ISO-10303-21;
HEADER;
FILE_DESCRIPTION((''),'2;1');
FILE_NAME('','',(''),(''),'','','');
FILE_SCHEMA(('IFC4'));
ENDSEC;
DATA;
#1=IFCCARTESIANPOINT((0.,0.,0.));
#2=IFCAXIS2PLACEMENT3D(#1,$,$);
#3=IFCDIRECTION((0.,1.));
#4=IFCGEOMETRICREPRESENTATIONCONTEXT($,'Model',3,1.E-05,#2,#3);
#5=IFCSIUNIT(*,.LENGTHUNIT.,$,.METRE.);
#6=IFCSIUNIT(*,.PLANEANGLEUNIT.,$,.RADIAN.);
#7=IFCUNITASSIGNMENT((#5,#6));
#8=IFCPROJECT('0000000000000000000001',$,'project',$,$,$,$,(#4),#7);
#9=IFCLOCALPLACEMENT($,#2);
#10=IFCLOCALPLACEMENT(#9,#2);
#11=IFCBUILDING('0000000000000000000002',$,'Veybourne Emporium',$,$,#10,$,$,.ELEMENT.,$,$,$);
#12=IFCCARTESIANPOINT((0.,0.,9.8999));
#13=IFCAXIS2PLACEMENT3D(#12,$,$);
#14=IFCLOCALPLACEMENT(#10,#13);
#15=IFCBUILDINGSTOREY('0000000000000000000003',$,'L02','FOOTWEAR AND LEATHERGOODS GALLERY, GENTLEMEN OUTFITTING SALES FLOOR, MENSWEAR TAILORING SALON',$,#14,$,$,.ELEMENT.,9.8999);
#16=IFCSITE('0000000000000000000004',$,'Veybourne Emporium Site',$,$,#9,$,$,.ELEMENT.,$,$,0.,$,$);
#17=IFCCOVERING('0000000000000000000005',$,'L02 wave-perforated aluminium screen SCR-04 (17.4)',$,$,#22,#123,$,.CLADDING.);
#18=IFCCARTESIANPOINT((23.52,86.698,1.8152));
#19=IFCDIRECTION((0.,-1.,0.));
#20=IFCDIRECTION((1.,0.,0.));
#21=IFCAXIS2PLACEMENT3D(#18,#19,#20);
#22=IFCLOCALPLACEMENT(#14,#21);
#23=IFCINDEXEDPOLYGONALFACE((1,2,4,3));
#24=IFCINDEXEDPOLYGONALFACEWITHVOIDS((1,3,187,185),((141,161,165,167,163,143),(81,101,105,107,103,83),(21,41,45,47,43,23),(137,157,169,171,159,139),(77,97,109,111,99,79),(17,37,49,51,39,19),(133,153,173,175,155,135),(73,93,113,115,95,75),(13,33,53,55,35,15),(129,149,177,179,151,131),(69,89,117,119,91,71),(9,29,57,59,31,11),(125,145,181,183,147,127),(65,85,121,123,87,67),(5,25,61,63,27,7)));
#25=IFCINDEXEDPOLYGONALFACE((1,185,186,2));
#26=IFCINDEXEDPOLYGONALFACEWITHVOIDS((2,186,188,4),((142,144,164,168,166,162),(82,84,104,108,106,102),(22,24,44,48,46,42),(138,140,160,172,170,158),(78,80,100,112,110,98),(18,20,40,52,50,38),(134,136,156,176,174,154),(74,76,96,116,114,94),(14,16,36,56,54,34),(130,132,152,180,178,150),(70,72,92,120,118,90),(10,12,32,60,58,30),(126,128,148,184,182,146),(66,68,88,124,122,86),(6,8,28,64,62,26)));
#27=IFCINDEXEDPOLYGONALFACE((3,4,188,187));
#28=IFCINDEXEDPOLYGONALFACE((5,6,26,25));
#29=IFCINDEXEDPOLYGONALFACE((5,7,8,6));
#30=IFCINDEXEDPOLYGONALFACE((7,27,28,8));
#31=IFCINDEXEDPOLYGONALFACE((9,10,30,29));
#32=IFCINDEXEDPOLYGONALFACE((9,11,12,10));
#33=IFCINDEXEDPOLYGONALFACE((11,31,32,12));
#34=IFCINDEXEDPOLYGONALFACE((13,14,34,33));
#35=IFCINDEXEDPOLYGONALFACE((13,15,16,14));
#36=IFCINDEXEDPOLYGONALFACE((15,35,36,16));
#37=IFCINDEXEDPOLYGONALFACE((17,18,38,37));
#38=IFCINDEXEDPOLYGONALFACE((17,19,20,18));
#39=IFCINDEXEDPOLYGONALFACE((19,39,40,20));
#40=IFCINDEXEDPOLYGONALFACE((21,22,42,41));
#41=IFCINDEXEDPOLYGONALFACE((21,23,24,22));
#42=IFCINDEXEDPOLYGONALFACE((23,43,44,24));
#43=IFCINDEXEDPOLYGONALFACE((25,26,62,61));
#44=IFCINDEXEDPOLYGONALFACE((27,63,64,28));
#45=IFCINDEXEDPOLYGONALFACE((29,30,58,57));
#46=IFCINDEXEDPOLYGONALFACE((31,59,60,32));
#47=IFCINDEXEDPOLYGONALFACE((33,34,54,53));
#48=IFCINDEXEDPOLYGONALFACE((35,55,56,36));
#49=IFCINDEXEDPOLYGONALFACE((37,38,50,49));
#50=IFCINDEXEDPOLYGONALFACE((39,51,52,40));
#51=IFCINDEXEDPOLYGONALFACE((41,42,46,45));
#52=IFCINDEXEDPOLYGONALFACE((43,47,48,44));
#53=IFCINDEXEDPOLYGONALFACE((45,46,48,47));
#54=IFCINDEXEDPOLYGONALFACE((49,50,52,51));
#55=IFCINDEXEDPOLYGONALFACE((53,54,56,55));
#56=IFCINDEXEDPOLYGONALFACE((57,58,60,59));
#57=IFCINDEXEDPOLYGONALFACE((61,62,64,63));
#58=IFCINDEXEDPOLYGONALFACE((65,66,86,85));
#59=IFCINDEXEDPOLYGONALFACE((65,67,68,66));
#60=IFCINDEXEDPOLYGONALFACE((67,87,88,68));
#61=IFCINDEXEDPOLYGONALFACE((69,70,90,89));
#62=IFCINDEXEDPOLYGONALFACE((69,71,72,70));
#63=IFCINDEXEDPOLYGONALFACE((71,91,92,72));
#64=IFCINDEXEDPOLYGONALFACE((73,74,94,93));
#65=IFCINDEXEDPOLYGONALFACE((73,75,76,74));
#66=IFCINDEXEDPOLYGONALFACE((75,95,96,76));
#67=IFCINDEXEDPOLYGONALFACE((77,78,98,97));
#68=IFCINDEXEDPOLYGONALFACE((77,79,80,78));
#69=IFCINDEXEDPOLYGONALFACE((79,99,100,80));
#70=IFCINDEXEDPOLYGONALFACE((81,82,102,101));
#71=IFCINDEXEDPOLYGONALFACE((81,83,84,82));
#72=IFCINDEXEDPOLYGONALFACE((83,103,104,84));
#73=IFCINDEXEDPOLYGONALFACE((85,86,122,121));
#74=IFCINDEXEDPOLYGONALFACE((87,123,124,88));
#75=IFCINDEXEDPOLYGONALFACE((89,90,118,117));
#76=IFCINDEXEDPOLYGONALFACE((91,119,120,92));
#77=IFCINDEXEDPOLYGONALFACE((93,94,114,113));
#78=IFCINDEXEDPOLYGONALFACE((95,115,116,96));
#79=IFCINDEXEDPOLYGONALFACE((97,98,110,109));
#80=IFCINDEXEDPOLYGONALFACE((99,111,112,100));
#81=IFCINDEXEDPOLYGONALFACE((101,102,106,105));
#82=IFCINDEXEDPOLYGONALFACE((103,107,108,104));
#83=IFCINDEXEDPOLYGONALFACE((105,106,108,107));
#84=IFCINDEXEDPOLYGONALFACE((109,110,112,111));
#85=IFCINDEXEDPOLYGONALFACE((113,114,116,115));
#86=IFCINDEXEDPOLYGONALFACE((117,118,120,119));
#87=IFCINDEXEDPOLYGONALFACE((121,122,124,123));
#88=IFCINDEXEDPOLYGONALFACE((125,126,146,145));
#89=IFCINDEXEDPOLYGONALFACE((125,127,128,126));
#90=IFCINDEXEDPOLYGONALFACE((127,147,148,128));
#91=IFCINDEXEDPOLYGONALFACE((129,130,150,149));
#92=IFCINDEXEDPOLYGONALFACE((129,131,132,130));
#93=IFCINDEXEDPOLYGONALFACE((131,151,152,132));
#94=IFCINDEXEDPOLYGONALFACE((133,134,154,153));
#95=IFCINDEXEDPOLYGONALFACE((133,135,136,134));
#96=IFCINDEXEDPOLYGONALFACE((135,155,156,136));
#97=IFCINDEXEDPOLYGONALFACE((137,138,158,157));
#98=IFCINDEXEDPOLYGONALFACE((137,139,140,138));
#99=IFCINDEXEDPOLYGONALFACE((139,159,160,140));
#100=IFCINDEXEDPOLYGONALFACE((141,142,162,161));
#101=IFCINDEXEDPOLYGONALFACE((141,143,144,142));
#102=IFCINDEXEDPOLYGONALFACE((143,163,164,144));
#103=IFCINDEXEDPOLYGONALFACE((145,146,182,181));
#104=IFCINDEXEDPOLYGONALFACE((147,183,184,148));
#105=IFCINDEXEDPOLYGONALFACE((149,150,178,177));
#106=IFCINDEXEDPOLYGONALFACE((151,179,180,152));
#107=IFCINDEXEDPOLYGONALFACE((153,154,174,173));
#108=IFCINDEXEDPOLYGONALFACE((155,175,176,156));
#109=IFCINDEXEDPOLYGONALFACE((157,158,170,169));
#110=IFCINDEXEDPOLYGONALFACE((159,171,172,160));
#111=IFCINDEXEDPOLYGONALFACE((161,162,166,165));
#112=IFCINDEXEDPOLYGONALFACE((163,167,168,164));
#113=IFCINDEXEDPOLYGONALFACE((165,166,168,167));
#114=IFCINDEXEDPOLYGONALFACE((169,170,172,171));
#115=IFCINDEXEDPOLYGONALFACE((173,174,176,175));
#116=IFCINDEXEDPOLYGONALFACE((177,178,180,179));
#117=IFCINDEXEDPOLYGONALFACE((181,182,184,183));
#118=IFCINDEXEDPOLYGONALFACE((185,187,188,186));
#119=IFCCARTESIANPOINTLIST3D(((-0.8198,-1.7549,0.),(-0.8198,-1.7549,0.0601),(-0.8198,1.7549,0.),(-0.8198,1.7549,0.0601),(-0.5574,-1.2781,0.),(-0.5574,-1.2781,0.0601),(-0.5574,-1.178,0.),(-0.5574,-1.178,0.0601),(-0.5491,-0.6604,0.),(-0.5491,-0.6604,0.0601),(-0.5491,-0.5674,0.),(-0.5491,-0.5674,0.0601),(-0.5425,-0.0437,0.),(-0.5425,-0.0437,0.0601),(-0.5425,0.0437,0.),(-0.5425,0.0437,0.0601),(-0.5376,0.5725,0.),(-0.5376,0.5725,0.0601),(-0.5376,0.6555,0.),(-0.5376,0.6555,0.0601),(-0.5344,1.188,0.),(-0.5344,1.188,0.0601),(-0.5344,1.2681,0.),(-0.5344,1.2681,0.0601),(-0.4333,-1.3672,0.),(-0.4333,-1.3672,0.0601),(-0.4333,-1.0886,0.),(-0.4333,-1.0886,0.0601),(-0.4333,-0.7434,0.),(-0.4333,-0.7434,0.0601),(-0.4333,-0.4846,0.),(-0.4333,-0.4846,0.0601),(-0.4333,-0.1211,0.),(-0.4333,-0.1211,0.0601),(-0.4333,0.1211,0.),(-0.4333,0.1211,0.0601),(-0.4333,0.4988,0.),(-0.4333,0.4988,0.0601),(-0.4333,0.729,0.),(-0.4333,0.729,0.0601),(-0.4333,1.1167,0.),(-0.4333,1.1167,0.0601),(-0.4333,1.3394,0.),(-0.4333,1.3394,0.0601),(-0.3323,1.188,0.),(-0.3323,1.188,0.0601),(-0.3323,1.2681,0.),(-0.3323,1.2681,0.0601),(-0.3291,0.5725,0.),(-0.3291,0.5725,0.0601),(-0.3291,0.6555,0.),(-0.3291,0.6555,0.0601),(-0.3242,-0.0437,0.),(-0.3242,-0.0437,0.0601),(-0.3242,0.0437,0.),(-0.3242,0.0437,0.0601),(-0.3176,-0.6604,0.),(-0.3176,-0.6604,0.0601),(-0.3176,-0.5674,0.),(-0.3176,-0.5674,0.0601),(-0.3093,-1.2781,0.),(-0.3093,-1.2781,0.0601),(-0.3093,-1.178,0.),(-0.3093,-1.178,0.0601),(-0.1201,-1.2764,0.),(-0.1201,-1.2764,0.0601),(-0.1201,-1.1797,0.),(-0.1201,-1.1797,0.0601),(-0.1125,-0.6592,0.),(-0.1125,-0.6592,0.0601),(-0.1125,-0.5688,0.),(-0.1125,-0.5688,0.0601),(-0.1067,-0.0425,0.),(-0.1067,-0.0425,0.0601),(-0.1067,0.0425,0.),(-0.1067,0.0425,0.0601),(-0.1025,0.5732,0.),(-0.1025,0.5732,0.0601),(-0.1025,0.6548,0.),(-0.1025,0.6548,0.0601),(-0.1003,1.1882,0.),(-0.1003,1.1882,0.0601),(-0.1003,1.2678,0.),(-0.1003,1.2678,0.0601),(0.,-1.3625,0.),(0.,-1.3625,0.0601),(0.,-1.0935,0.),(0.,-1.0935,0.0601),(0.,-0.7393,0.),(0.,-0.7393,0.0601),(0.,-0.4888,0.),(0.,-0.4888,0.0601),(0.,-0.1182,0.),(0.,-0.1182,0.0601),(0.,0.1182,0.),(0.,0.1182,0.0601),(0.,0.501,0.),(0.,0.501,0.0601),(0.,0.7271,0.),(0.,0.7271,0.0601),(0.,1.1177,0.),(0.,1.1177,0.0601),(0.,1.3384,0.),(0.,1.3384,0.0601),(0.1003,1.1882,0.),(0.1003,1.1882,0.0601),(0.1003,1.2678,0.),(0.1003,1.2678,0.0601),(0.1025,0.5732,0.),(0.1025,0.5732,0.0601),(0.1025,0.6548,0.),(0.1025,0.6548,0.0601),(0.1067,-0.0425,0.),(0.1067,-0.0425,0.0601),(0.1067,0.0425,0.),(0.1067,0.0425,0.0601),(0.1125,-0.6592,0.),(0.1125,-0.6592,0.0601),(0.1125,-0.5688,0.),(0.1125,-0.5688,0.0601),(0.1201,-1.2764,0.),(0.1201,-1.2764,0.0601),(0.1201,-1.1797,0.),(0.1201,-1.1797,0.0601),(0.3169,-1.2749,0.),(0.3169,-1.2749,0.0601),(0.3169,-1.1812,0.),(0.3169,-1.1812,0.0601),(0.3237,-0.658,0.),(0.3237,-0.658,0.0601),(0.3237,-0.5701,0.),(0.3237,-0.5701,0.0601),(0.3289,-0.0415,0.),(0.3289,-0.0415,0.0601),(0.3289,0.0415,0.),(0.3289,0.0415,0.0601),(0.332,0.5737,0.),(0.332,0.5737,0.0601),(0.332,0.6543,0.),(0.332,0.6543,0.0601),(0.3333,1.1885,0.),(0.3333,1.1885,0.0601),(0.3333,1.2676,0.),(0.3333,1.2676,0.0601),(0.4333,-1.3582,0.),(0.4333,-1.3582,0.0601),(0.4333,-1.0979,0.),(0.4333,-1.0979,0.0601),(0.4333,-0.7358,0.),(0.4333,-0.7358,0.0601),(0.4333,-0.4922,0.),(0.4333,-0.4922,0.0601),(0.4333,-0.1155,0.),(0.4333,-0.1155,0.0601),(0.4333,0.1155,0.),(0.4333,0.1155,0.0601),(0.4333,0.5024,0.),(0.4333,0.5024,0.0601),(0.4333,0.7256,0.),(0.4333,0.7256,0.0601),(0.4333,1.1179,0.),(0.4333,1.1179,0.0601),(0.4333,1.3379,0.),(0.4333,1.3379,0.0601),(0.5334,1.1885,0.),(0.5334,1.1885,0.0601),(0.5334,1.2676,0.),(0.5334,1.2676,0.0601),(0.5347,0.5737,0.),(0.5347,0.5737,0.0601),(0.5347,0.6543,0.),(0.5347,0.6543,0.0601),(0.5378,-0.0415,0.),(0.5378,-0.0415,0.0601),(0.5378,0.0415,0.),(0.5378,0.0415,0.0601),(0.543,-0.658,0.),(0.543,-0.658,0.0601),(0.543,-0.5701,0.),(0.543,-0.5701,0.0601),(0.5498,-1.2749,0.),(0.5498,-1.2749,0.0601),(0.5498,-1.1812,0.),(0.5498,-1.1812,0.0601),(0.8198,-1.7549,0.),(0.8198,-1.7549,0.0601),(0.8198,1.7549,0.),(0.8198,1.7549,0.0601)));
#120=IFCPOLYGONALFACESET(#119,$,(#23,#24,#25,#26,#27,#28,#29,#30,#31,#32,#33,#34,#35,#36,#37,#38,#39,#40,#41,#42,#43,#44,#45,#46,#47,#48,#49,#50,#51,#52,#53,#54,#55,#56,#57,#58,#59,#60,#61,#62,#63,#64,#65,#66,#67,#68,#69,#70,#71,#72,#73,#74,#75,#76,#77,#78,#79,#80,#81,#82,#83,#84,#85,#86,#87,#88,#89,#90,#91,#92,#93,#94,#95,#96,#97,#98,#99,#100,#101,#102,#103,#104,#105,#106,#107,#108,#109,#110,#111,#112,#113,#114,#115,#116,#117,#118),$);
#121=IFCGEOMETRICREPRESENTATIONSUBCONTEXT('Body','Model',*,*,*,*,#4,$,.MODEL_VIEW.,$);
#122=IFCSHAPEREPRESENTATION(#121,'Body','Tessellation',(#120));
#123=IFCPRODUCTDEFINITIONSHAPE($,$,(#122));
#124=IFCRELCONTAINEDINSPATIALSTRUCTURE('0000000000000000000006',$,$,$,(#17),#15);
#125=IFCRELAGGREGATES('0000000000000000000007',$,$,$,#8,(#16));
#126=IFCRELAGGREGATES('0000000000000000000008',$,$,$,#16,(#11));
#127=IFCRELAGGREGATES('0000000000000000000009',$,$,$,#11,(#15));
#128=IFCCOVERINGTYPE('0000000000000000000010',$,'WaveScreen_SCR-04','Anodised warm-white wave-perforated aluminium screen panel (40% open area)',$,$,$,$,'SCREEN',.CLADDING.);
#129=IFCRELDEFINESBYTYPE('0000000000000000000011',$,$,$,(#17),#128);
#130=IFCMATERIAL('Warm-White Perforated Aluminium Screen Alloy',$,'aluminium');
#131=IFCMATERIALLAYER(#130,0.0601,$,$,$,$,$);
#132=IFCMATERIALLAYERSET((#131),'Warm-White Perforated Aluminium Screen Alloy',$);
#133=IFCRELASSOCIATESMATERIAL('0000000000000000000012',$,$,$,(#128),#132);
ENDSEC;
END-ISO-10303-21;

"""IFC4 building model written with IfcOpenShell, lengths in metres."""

from ifc_helpers import new_model, si_unit, direction, frame, origin, place, context, subcontext, project, spatial, polyline, outline, extrude, material, layer, layer_set, type_object, element, save


model = new_model("IFC4")

# Units and contexts
model_context = context("Model", 3, precision=1e-05, world=origin(), true_north=direction((0.0, 1.0)))
body_context = subcontext(model_context, "Body", "Model", "MODEL_VIEW")
ifc_project = project(units=[si_unit("LENGTHUNIT", "METRE"), si_unit("PLANEANGLEUNIT", "RADIAN")], contexts=[model_context])

# Site, building, storey
site_placement = place(None, origin())
site = spatial("IfcSite", under=ifc_project, at=site_placement, Name="Veybourne Emporium Site", CompositionType="ELEMENT", RefElevation=0.0)
building_placement = place(site_placement, origin())
building = spatial("IfcBuilding", under=site, at=building_placement, Name="Veybourne Emporium", CompositionType="ELEMENT")
storey_placement = place(building_placement, frame((0.0, 0.0, 9.8999)))
storey = spatial("IfcBuildingStorey", under=building, at=storey_placement, Name="L02", Description="FOOTWEAR AND LEATHERGOODS GALLERY, GENTLEMEN OUTFITTING SALES FLOOR, MENSWEAR TAILORING SALON", CompositionType="ELEMENT", Elevation=9.8999)

# Covering
ifc_material_1 = material(Name="Warm-White Perforated Aluminium Screen Alloy", Category="aluminium")
ifc_layer_1 = layer(ifc_material_1, 0.0601)
ifc_layer_set_1 = layer_set([ifc_layer_1], Name="Warm-White Perforated Aluminium Screen Alloy")
covering_type_1 = type_object("IfcCoveringType", Name="WaveScreen_SCR-04", Description="Anodised warm-white wave-perforated aluminium screen panel (40% open area)", ElementType="SCREEN", PredefinedType="CLADDING", material=ifc_layer_set_1)
covering_1_placement = place(storey_placement, frame((23.52, 86.698, 1.8152), z_axis=(0.0, -1.0, 0.0), x_axis=(1.0, 0.0, 0.0)))
element("IfcCovering", 1, at=covering_1_placement, inside=storey, type_object=covering_type_1, Name="L02 wave-perforated aluminium screen SCR-04 (17.4)", PredefinedType="CLADDING", context=body_context, shape_type="SweptSolid", body=[
    extrude(outline(polyline([(-0.8198, -1.7549), (0.8198, -1.7549), (0.8198, 1.7549), (-0.8198, 1.7549), (-0.8198, -1.7549)]), holes=[polyline([(-0.4333, -1.0886), (-0.3093, -1.178), (-0.3093, -1.2781), (-0.4333, -1.3672), (-0.5574, -1.2781), (-0.5574, -1.178), (-0.4333, -1.0886)]), polyline([(-0.4333, -0.4846), (-0.3176, -0.5674), (-0.3176, -0.6604), (-0.4333, -0.7434), (-0.5491, -0.6604), (-0.5491, -0.5674), (-0.4333, -0.4846)]), polyline([(-0.4333, 0.1211), (-0.3242, 0.0437), (-0.3242, -0.0437), (-0.4333, -0.1211), (-0.5425, -0.0437), (-0.5425, 0.0437), (-0.4333, 0.1211)]), polyline([(-0.4333, 0.729), (-0.3291, 0.6555), (-0.3291, 0.5725), (-0.4333, 0.4988), (-0.5376, 0.5725), (-0.5376, 0.6555), (-0.4333, 0.729)]), polyline([(-0.4333, 1.3394), (-0.3323, 1.2681), (-0.3323, 1.188), (-0.4333, 1.1167), (-0.5344, 1.188), (-0.5344, 1.2681), (-0.4333, 1.3394)]), polyline([(0.0, -1.0935), (0.1201, -1.1797), (0.1201, -1.2764), (0.0, -1.3625), (-0.1201, -1.2764), (-0.1201, -1.1797), (0.0, -1.0935)]), polyline([(0.0, -0.4888), (0.1125, -0.5688), (0.1125, -0.6592), (0.0, -0.7393), (-0.1125, -0.6592), (-0.1125, -0.5688), (0.0, -0.4888)]), polyline([(0.0, 0.1182), (0.1067, 0.0425), (0.1067, -0.0425), (0.0, -0.1182), (-0.1067, -0.0425), (-0.1067, 0.0425), (0.0, 0.1182)]), polyline([(0.0, 0.7271), (0.1025, 0.6548), (0.1025, 0.5732), (0.0, 0.501), (-0.1025, 0.5732), (-0.1025, 0.6548), (0.0, 0.7271)]), polyline([(0.0, 1.3384), (0.1003, 1.2678), (0.1003, 1.1882), (0.0, 1.1177), (-0.1003, 1.1882), (-0.1003, 1.2678), (0.0, 1.3384)]), polyline([(0.4333, -1.0979), (0.5498, -1.1812), (0.5498, -1.2749), (0.4333, -1.3582), (0.3169, -1.2749), (0.3169, -1.1812), (0.4333, -1.0979)]), polyline([(0.4333, -0.4922), (0.543, -0.5701), (0.543, -0.658), (0.4333, -0.7358), (0.3237, -0.658), (0.3237, -0.5701), (0.4333, -0.4922)]), polyline([(0.4333, 0.1155), (0.5378, 0.0415), (0.5378, -0.0415), (0.4333, -0.1155), (0.3289, -0.0415), (0.3289, 0.0415), (0.4333, 0.1155)]), polyline([(0.4333, 0.7256), (0.5347, 0.6543), (0.5347, 0.5737), (0.4333, 0.5024), (0.332, 0.5737), (0.332, 0.6543), (0.4333, 0.7256)]), polyline([(0.4333, 1.3379), (0.5334, 1.2676), (0.5334, 1.1885), (0.4333, 1.1179), (0.3333, 1.1885), (0.3333, 1.2676), (0.4333, 1.3379)])]), origin(), (0.0, 0.0, 1.0), 0.0601),
])

save(model, "model.ifc")
